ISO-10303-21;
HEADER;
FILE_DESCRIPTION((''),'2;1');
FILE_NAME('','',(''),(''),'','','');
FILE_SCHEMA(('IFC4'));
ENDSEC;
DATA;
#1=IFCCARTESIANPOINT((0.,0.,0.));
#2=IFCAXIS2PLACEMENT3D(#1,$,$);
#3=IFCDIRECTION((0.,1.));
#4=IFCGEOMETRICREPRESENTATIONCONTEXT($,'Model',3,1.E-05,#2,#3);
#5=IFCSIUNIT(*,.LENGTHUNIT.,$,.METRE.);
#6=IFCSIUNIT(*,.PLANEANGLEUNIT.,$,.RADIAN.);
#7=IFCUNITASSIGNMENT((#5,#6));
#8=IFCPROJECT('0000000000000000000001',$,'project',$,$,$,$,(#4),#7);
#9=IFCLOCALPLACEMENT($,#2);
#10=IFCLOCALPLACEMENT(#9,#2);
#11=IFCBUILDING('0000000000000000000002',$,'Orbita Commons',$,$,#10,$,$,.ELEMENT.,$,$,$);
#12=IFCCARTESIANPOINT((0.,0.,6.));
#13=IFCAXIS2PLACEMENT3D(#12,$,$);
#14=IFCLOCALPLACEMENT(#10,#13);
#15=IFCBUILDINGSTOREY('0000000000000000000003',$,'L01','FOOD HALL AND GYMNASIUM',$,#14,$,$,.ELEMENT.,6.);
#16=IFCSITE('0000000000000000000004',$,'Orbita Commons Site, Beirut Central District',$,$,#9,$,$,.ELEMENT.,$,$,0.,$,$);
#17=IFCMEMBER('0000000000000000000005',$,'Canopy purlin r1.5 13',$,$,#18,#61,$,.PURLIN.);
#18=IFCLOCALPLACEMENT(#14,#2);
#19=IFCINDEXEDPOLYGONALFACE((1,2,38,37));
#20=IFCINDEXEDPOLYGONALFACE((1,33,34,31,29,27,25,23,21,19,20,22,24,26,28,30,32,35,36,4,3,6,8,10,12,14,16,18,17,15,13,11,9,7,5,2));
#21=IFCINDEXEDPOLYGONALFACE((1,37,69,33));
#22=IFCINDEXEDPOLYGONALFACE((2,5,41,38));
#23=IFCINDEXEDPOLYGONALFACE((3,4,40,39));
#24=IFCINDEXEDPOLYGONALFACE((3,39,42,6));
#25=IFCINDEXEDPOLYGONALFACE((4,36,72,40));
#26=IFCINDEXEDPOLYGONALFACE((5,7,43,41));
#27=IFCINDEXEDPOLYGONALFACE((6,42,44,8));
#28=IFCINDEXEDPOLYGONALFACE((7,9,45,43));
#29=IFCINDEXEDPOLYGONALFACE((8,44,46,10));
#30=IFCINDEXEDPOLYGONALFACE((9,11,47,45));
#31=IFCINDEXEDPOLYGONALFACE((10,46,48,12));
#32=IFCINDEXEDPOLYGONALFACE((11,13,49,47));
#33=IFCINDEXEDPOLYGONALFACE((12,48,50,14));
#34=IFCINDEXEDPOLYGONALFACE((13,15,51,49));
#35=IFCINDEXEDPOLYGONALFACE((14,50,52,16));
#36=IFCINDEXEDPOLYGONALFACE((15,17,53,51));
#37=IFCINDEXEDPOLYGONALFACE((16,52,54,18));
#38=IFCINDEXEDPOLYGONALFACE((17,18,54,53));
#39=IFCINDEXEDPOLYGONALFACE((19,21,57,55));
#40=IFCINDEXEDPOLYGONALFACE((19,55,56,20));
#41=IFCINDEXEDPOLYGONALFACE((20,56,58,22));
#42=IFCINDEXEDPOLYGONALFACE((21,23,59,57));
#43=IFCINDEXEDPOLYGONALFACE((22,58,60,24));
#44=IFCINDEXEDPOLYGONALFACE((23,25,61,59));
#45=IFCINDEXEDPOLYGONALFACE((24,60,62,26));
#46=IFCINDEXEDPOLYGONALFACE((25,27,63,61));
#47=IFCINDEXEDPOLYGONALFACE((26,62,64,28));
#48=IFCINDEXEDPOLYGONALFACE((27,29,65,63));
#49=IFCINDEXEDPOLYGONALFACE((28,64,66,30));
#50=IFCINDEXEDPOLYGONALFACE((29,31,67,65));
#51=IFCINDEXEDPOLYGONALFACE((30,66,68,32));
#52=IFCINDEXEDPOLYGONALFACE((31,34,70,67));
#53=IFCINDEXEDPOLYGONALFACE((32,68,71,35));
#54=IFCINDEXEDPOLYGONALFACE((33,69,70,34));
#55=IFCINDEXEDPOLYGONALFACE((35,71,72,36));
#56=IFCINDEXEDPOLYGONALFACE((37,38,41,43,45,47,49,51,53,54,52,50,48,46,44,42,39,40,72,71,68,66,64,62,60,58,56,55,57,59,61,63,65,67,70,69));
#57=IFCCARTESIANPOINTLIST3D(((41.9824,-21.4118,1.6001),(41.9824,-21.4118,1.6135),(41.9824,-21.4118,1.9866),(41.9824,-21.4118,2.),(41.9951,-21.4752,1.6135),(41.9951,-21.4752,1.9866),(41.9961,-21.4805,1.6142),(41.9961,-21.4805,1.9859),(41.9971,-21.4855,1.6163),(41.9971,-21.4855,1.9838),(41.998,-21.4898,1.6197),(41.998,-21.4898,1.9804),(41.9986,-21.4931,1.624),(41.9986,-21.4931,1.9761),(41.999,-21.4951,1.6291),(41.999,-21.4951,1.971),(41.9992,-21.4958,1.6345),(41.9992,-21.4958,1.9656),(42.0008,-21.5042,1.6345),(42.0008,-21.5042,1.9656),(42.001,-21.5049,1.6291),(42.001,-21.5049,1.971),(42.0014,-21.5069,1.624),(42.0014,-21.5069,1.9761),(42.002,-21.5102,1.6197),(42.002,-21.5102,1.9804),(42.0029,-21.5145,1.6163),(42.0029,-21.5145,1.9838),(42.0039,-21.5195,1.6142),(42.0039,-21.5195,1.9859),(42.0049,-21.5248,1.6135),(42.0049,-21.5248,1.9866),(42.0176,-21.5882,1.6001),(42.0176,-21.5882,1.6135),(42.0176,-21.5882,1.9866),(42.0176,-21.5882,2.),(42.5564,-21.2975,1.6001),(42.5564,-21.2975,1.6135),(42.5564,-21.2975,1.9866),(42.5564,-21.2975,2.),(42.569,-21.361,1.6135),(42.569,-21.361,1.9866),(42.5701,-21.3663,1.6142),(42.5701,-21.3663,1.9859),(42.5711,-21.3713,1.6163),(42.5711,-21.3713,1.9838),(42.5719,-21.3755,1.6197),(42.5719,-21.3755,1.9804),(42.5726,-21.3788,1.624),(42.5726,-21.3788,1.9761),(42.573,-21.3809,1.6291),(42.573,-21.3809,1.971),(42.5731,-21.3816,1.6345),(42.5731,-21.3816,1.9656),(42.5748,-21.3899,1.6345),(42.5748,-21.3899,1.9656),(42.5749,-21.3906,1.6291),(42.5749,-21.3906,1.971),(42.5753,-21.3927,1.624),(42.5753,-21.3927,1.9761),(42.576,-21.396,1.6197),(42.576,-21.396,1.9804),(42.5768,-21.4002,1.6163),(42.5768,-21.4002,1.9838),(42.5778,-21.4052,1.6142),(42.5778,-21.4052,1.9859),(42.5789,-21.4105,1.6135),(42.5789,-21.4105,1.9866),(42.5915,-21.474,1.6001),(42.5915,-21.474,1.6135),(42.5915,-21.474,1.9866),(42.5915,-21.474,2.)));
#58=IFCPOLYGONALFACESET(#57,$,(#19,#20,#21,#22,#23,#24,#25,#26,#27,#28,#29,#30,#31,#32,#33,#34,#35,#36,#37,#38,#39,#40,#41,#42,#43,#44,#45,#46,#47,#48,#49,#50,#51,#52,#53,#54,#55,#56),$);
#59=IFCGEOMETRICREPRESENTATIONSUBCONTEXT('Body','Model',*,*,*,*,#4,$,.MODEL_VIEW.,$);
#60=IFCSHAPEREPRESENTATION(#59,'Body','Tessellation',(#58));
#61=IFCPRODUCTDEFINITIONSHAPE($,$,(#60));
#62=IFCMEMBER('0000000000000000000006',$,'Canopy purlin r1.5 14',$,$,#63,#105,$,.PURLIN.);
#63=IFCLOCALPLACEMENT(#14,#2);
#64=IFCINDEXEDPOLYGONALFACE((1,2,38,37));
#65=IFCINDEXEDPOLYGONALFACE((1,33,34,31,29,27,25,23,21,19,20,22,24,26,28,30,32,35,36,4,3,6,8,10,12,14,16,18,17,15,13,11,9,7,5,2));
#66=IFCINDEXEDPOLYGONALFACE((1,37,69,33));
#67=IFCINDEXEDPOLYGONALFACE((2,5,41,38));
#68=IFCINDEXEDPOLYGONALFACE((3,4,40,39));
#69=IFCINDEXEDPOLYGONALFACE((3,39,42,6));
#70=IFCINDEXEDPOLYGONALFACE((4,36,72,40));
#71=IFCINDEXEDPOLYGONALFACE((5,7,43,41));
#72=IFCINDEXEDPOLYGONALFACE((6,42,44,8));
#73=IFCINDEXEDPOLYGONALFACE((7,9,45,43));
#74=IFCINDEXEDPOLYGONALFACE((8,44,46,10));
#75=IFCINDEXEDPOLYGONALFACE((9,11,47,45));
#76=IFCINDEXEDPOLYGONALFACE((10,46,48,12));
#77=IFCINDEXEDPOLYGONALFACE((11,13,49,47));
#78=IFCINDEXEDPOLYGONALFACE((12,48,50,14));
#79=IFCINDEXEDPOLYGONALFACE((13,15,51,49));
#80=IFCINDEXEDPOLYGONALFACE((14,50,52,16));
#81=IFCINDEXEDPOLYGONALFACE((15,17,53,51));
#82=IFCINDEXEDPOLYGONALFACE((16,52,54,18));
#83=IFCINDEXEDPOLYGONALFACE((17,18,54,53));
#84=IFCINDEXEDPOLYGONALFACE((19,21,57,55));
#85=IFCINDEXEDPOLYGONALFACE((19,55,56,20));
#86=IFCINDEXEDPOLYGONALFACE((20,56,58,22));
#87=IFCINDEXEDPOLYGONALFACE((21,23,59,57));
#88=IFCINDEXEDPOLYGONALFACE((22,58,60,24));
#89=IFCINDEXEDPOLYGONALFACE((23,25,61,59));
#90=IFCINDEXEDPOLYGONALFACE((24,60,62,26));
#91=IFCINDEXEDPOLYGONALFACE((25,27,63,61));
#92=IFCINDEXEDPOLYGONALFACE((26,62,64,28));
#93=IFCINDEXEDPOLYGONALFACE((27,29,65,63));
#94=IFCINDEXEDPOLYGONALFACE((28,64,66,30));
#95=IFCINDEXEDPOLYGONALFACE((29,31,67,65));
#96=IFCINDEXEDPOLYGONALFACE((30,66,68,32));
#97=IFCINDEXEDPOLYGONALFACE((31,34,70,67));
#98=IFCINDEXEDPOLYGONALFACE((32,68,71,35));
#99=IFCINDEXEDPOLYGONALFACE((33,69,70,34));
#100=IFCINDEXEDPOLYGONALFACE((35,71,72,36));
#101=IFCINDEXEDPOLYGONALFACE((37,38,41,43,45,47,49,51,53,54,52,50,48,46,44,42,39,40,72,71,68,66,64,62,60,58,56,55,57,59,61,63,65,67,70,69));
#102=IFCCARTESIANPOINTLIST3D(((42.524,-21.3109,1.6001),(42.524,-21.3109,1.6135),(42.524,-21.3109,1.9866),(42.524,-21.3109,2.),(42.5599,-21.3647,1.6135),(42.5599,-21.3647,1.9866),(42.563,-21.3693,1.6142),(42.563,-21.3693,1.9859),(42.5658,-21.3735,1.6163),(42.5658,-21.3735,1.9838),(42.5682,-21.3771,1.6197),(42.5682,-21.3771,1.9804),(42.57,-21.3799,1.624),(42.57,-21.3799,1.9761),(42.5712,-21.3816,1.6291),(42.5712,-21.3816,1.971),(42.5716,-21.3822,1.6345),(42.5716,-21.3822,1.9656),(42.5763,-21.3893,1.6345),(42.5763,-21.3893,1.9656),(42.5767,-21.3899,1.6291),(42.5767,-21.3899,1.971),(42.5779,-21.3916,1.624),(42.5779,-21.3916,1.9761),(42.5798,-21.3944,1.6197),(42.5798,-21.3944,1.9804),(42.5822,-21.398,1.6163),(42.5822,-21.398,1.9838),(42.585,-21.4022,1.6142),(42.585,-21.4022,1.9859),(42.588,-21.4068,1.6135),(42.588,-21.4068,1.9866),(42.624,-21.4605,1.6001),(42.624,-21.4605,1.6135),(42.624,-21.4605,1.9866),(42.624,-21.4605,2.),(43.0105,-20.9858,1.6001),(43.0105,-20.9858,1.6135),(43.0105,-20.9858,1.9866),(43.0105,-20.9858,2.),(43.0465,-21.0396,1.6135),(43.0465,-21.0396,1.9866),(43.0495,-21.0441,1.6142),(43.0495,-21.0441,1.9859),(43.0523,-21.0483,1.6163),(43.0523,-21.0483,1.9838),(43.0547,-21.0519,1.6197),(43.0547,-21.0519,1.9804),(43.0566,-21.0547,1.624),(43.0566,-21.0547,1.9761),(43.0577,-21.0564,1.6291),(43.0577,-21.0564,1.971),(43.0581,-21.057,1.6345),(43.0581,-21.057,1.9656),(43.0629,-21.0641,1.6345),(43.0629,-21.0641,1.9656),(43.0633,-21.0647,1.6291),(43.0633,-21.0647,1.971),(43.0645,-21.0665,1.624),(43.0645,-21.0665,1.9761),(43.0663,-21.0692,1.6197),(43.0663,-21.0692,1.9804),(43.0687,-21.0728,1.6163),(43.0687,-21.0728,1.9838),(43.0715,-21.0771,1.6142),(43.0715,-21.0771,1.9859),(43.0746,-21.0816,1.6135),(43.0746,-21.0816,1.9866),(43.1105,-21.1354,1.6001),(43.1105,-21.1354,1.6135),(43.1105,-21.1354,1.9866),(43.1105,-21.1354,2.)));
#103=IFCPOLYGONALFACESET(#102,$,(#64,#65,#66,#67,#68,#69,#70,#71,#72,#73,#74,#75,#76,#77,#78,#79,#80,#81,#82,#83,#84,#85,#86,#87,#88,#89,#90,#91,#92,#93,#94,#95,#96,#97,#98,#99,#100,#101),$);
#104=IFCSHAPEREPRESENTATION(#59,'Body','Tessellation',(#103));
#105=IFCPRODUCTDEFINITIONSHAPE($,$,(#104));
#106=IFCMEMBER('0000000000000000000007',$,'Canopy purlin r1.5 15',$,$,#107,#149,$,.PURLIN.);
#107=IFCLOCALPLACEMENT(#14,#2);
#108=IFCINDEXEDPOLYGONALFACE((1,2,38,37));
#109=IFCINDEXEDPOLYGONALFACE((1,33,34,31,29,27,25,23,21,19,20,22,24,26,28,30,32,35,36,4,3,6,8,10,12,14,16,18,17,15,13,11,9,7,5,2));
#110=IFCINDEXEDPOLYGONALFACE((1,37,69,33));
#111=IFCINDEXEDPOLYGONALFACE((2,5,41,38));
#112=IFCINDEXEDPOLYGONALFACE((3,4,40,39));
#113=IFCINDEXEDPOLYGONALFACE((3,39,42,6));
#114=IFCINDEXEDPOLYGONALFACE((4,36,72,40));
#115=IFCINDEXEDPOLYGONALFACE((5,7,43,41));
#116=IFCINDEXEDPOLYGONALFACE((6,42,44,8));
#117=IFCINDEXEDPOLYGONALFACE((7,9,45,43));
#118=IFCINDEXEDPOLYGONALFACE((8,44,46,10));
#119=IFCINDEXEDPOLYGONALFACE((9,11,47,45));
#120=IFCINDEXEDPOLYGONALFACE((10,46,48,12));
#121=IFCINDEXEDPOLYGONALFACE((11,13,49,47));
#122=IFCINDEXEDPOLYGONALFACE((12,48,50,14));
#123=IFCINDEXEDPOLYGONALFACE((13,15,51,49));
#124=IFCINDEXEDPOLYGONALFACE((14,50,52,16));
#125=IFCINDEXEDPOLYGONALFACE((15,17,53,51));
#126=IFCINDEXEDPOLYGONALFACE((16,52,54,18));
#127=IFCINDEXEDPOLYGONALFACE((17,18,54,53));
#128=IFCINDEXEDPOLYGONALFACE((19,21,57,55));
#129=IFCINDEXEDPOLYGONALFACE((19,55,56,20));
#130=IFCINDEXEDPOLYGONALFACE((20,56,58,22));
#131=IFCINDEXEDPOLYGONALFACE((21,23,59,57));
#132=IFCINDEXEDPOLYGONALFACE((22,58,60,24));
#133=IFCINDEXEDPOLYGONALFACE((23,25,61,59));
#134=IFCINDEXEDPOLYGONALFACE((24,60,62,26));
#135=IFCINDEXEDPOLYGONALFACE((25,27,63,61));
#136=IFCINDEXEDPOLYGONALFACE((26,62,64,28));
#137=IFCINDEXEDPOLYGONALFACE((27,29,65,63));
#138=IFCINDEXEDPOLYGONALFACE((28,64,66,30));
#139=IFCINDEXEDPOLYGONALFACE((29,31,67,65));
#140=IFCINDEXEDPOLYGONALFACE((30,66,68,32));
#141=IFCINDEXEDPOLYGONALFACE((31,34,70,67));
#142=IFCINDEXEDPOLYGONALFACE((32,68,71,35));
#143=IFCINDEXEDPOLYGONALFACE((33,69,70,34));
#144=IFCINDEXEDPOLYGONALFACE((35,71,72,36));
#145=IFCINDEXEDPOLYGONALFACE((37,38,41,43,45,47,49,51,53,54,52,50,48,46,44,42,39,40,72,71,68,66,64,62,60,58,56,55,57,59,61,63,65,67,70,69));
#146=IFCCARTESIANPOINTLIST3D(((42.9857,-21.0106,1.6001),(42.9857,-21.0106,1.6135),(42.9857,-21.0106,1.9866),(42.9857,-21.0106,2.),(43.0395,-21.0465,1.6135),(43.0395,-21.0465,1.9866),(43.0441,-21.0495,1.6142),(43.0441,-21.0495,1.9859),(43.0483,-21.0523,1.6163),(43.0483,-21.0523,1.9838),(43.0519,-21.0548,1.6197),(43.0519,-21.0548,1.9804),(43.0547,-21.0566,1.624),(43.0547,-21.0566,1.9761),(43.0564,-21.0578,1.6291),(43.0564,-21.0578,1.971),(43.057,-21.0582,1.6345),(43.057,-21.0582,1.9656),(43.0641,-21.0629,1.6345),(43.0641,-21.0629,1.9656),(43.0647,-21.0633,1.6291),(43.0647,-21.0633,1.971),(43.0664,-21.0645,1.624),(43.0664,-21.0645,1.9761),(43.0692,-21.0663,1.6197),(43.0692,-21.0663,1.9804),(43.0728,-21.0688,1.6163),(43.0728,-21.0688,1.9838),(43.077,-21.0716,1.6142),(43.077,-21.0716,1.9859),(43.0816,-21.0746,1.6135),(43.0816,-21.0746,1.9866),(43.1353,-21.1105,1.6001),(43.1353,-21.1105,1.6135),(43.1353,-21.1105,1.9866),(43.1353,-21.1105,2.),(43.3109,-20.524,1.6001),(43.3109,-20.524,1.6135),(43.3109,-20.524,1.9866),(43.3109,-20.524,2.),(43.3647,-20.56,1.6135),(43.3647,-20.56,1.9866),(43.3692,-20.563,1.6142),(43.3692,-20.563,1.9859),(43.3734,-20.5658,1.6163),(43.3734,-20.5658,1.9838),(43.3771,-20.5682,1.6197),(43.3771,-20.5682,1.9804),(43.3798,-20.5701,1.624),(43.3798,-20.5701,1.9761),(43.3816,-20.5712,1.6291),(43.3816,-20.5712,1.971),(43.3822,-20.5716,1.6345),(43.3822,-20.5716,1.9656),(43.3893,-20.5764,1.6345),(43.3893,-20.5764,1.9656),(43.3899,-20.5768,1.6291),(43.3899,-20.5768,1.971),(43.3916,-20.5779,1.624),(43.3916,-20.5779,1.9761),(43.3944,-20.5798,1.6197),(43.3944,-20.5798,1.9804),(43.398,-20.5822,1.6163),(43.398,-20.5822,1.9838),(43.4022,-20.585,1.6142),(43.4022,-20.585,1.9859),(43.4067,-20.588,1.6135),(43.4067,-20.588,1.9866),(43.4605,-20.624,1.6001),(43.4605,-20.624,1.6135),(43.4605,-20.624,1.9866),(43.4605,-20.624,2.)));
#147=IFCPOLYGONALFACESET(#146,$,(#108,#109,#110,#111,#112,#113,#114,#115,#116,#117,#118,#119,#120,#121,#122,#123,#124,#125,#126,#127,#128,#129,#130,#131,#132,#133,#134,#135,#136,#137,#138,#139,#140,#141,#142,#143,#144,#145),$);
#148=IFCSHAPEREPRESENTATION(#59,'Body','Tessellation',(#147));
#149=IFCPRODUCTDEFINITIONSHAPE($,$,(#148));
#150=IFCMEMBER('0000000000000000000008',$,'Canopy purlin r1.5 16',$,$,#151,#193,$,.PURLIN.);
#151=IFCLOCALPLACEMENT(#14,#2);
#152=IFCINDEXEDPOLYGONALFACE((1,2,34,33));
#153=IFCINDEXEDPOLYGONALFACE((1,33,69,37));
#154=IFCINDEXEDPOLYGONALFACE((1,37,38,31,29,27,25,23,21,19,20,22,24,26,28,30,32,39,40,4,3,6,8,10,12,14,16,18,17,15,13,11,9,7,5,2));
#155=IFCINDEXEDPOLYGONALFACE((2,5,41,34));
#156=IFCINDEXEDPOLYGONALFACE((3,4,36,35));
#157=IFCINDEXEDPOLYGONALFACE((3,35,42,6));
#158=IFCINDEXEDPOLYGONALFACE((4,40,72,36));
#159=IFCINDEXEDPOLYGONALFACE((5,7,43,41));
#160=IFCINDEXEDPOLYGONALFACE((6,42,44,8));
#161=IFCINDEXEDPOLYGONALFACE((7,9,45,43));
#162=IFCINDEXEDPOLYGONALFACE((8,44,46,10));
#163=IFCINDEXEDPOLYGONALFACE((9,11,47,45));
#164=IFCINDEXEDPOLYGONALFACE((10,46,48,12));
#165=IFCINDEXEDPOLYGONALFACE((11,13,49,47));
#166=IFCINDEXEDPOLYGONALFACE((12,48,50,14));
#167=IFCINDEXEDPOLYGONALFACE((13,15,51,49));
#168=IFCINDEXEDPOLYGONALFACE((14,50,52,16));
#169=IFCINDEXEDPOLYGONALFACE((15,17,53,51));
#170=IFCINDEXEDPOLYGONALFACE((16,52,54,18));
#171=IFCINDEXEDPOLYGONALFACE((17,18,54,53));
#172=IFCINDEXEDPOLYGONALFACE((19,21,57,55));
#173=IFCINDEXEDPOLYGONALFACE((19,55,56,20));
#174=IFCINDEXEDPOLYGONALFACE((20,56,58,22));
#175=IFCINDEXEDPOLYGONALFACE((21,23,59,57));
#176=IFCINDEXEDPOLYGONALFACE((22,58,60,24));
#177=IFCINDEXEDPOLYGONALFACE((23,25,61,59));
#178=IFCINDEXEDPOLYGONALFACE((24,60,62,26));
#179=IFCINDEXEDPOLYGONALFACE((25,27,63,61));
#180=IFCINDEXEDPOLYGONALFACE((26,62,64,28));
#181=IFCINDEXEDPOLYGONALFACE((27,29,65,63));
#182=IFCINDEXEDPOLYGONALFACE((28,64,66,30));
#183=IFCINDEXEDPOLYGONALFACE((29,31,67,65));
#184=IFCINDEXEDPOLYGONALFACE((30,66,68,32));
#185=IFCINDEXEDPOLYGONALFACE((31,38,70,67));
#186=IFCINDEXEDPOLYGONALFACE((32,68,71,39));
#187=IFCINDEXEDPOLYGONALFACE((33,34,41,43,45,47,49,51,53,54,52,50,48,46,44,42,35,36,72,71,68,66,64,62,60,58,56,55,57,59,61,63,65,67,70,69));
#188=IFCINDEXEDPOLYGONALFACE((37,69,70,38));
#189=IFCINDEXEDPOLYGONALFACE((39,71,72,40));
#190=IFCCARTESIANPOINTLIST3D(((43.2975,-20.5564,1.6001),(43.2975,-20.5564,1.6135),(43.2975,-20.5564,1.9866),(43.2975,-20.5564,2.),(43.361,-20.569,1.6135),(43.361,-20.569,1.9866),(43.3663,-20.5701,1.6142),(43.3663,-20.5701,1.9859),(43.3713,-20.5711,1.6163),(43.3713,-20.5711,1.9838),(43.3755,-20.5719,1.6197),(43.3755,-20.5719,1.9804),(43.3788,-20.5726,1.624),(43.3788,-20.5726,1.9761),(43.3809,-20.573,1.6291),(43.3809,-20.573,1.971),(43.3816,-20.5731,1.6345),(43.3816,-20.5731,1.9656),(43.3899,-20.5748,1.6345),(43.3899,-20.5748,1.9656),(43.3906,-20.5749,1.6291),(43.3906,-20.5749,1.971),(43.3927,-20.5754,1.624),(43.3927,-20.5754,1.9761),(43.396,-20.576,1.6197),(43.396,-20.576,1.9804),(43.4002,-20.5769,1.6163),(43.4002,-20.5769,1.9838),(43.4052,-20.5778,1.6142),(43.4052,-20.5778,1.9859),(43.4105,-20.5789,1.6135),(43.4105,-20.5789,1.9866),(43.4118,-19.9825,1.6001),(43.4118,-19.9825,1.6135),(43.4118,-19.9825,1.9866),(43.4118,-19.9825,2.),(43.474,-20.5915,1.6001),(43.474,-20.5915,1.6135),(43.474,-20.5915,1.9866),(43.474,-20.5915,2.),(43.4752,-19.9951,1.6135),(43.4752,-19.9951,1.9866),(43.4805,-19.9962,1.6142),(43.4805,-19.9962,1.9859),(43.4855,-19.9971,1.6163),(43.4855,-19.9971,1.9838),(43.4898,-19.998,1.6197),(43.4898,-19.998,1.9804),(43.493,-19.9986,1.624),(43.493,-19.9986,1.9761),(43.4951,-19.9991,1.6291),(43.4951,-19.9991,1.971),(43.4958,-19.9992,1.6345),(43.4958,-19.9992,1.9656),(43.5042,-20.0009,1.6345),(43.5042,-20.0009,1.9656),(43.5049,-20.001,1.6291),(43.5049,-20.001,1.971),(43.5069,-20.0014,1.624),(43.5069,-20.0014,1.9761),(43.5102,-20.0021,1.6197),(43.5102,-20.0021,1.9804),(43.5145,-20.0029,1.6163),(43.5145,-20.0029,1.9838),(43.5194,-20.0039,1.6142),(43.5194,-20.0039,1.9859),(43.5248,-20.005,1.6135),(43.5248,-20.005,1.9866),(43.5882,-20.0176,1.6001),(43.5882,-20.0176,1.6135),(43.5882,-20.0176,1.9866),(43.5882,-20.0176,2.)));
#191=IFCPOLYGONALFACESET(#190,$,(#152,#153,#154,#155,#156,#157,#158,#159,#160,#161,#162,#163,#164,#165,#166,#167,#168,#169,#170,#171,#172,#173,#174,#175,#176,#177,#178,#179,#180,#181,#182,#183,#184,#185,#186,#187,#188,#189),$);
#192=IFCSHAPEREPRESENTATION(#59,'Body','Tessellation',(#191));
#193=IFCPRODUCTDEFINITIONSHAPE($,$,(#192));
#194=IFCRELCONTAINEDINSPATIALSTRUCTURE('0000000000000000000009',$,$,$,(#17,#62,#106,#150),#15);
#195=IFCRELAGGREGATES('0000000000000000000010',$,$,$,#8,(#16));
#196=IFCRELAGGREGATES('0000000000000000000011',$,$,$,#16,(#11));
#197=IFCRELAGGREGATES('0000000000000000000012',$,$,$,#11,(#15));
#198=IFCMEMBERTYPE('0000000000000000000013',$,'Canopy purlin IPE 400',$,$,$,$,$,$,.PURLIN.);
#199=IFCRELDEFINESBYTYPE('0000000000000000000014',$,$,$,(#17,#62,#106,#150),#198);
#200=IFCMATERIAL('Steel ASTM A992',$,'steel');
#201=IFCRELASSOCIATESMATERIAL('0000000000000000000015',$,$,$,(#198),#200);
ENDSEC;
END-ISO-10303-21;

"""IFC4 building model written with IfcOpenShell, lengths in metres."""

from ifc_helpers import new_model, si_unit, direction, frame, origin, origin_2d, place, context, subcontext, project, spatial, i_section, extrude, material, material_profile, profile_set, type_object, element, save


model = new_model("IFC4")

# Units and contexts
model_context = context("Model", 3, precision=1e-05, world=origin(), true_north=direction((0.0, 1.0)))
body_context = subcontext(model_context, "Body", "Model", "MODEL_VIEW")
ifc_project = project(units=[si_unit("LENGTHUNIT", "METRE"), si_unit("PLANEANGLEUNIT", "RADIAN")], contexts=[model_context])

# Site, building, storey
site_placement = place(None, origin())
site = spatial("IfcSite", under=ifc_project, at=site_placement, Name="Orbita Commons Site, Beirut Central District", CompositionType="ELEMENT", RefElevation=0.0)
building_placement = place(site_placement, origin())
building = spatial("IfcBuilding", under=site, at=building_placement, Name="Orbita Commons", CompositionType="ELEMENT")
storey_placement = place(building_placement, frame((0.0, 0.0, 6.0)))
storey = spatial("IfcBuildingStorey", under=building, at=storey_placement, Name="L01", Description="FOOD HALL AND GYMNASIUM", CompositionType="ELEMENT", Elevation=6.0)

# Members
ifc_material_1 = material(Name="Steel ASTM A992", Category="steel")
ifc_material_profile_1 = material_profile(ifc_material_1, i_section(OverallWidth=0.1799, OverallDepth=0.3999, WebThickness=0.0085, FlangeThickness=0.0134, FilletRadius=0.021, at=origin_2d()), Name="IPE 400")
ifc_profile_set_1 = profile_set([ifc_material_profile_1], Name="Steel ASTM A992")
member_type_1 = type_object("IfcMemberType", Name="Canopy purlin IPE 400", PredefinedType="PURLIN", material=ifc_profile_set_1)
for number, where, z_axis, x_axis, name in (
    (1, (42.0, -21.5, 1.8), (0.980757, 0.195234, 0.0), (-0.195234, 0.980757, 0.0), "Canopy purlin r1.5 13"),
    (2, (42.574, -21.3857, 1.8), (0.831408, 0.555663, 0.0), (-0.555663, 0.831408, 0.0), "Canopy purlin r1.5 14"),
    (3, (43.0605, -21.0605, 1.8), (0.555663, 0.831408, 0.0), (-0.831408, 0.555663, 0.0), "Canopy purlin r1.5 15"),
    (4, (43.3857, -20.574, 1.8), (0.195234, 0.980757, 0.0), (-0.980757, 0.195234, 0.0), "Canopy purlin r1.5 16"),
):
    element("IfcMember", number, at=place(storey_placement, frame(where, z_axis=z_axis, x_axis=x_axis)), inside=storey, type_object=member_type_1, Name=name, PredefinedType="PURLIN", context=body_context, shape_type="SweptSolid", body=[
        extrude(i_section(OverallWidth=0.1799, OverallDepth=0.3999, WebThickness=0.0085, FlangeThickness=0.0134, FilletRadius=0.021, at=origin_2d()), origin(), (0.0, 0.0, 1.0), 0.5852),
    ])

save(model, "model.ifc")
